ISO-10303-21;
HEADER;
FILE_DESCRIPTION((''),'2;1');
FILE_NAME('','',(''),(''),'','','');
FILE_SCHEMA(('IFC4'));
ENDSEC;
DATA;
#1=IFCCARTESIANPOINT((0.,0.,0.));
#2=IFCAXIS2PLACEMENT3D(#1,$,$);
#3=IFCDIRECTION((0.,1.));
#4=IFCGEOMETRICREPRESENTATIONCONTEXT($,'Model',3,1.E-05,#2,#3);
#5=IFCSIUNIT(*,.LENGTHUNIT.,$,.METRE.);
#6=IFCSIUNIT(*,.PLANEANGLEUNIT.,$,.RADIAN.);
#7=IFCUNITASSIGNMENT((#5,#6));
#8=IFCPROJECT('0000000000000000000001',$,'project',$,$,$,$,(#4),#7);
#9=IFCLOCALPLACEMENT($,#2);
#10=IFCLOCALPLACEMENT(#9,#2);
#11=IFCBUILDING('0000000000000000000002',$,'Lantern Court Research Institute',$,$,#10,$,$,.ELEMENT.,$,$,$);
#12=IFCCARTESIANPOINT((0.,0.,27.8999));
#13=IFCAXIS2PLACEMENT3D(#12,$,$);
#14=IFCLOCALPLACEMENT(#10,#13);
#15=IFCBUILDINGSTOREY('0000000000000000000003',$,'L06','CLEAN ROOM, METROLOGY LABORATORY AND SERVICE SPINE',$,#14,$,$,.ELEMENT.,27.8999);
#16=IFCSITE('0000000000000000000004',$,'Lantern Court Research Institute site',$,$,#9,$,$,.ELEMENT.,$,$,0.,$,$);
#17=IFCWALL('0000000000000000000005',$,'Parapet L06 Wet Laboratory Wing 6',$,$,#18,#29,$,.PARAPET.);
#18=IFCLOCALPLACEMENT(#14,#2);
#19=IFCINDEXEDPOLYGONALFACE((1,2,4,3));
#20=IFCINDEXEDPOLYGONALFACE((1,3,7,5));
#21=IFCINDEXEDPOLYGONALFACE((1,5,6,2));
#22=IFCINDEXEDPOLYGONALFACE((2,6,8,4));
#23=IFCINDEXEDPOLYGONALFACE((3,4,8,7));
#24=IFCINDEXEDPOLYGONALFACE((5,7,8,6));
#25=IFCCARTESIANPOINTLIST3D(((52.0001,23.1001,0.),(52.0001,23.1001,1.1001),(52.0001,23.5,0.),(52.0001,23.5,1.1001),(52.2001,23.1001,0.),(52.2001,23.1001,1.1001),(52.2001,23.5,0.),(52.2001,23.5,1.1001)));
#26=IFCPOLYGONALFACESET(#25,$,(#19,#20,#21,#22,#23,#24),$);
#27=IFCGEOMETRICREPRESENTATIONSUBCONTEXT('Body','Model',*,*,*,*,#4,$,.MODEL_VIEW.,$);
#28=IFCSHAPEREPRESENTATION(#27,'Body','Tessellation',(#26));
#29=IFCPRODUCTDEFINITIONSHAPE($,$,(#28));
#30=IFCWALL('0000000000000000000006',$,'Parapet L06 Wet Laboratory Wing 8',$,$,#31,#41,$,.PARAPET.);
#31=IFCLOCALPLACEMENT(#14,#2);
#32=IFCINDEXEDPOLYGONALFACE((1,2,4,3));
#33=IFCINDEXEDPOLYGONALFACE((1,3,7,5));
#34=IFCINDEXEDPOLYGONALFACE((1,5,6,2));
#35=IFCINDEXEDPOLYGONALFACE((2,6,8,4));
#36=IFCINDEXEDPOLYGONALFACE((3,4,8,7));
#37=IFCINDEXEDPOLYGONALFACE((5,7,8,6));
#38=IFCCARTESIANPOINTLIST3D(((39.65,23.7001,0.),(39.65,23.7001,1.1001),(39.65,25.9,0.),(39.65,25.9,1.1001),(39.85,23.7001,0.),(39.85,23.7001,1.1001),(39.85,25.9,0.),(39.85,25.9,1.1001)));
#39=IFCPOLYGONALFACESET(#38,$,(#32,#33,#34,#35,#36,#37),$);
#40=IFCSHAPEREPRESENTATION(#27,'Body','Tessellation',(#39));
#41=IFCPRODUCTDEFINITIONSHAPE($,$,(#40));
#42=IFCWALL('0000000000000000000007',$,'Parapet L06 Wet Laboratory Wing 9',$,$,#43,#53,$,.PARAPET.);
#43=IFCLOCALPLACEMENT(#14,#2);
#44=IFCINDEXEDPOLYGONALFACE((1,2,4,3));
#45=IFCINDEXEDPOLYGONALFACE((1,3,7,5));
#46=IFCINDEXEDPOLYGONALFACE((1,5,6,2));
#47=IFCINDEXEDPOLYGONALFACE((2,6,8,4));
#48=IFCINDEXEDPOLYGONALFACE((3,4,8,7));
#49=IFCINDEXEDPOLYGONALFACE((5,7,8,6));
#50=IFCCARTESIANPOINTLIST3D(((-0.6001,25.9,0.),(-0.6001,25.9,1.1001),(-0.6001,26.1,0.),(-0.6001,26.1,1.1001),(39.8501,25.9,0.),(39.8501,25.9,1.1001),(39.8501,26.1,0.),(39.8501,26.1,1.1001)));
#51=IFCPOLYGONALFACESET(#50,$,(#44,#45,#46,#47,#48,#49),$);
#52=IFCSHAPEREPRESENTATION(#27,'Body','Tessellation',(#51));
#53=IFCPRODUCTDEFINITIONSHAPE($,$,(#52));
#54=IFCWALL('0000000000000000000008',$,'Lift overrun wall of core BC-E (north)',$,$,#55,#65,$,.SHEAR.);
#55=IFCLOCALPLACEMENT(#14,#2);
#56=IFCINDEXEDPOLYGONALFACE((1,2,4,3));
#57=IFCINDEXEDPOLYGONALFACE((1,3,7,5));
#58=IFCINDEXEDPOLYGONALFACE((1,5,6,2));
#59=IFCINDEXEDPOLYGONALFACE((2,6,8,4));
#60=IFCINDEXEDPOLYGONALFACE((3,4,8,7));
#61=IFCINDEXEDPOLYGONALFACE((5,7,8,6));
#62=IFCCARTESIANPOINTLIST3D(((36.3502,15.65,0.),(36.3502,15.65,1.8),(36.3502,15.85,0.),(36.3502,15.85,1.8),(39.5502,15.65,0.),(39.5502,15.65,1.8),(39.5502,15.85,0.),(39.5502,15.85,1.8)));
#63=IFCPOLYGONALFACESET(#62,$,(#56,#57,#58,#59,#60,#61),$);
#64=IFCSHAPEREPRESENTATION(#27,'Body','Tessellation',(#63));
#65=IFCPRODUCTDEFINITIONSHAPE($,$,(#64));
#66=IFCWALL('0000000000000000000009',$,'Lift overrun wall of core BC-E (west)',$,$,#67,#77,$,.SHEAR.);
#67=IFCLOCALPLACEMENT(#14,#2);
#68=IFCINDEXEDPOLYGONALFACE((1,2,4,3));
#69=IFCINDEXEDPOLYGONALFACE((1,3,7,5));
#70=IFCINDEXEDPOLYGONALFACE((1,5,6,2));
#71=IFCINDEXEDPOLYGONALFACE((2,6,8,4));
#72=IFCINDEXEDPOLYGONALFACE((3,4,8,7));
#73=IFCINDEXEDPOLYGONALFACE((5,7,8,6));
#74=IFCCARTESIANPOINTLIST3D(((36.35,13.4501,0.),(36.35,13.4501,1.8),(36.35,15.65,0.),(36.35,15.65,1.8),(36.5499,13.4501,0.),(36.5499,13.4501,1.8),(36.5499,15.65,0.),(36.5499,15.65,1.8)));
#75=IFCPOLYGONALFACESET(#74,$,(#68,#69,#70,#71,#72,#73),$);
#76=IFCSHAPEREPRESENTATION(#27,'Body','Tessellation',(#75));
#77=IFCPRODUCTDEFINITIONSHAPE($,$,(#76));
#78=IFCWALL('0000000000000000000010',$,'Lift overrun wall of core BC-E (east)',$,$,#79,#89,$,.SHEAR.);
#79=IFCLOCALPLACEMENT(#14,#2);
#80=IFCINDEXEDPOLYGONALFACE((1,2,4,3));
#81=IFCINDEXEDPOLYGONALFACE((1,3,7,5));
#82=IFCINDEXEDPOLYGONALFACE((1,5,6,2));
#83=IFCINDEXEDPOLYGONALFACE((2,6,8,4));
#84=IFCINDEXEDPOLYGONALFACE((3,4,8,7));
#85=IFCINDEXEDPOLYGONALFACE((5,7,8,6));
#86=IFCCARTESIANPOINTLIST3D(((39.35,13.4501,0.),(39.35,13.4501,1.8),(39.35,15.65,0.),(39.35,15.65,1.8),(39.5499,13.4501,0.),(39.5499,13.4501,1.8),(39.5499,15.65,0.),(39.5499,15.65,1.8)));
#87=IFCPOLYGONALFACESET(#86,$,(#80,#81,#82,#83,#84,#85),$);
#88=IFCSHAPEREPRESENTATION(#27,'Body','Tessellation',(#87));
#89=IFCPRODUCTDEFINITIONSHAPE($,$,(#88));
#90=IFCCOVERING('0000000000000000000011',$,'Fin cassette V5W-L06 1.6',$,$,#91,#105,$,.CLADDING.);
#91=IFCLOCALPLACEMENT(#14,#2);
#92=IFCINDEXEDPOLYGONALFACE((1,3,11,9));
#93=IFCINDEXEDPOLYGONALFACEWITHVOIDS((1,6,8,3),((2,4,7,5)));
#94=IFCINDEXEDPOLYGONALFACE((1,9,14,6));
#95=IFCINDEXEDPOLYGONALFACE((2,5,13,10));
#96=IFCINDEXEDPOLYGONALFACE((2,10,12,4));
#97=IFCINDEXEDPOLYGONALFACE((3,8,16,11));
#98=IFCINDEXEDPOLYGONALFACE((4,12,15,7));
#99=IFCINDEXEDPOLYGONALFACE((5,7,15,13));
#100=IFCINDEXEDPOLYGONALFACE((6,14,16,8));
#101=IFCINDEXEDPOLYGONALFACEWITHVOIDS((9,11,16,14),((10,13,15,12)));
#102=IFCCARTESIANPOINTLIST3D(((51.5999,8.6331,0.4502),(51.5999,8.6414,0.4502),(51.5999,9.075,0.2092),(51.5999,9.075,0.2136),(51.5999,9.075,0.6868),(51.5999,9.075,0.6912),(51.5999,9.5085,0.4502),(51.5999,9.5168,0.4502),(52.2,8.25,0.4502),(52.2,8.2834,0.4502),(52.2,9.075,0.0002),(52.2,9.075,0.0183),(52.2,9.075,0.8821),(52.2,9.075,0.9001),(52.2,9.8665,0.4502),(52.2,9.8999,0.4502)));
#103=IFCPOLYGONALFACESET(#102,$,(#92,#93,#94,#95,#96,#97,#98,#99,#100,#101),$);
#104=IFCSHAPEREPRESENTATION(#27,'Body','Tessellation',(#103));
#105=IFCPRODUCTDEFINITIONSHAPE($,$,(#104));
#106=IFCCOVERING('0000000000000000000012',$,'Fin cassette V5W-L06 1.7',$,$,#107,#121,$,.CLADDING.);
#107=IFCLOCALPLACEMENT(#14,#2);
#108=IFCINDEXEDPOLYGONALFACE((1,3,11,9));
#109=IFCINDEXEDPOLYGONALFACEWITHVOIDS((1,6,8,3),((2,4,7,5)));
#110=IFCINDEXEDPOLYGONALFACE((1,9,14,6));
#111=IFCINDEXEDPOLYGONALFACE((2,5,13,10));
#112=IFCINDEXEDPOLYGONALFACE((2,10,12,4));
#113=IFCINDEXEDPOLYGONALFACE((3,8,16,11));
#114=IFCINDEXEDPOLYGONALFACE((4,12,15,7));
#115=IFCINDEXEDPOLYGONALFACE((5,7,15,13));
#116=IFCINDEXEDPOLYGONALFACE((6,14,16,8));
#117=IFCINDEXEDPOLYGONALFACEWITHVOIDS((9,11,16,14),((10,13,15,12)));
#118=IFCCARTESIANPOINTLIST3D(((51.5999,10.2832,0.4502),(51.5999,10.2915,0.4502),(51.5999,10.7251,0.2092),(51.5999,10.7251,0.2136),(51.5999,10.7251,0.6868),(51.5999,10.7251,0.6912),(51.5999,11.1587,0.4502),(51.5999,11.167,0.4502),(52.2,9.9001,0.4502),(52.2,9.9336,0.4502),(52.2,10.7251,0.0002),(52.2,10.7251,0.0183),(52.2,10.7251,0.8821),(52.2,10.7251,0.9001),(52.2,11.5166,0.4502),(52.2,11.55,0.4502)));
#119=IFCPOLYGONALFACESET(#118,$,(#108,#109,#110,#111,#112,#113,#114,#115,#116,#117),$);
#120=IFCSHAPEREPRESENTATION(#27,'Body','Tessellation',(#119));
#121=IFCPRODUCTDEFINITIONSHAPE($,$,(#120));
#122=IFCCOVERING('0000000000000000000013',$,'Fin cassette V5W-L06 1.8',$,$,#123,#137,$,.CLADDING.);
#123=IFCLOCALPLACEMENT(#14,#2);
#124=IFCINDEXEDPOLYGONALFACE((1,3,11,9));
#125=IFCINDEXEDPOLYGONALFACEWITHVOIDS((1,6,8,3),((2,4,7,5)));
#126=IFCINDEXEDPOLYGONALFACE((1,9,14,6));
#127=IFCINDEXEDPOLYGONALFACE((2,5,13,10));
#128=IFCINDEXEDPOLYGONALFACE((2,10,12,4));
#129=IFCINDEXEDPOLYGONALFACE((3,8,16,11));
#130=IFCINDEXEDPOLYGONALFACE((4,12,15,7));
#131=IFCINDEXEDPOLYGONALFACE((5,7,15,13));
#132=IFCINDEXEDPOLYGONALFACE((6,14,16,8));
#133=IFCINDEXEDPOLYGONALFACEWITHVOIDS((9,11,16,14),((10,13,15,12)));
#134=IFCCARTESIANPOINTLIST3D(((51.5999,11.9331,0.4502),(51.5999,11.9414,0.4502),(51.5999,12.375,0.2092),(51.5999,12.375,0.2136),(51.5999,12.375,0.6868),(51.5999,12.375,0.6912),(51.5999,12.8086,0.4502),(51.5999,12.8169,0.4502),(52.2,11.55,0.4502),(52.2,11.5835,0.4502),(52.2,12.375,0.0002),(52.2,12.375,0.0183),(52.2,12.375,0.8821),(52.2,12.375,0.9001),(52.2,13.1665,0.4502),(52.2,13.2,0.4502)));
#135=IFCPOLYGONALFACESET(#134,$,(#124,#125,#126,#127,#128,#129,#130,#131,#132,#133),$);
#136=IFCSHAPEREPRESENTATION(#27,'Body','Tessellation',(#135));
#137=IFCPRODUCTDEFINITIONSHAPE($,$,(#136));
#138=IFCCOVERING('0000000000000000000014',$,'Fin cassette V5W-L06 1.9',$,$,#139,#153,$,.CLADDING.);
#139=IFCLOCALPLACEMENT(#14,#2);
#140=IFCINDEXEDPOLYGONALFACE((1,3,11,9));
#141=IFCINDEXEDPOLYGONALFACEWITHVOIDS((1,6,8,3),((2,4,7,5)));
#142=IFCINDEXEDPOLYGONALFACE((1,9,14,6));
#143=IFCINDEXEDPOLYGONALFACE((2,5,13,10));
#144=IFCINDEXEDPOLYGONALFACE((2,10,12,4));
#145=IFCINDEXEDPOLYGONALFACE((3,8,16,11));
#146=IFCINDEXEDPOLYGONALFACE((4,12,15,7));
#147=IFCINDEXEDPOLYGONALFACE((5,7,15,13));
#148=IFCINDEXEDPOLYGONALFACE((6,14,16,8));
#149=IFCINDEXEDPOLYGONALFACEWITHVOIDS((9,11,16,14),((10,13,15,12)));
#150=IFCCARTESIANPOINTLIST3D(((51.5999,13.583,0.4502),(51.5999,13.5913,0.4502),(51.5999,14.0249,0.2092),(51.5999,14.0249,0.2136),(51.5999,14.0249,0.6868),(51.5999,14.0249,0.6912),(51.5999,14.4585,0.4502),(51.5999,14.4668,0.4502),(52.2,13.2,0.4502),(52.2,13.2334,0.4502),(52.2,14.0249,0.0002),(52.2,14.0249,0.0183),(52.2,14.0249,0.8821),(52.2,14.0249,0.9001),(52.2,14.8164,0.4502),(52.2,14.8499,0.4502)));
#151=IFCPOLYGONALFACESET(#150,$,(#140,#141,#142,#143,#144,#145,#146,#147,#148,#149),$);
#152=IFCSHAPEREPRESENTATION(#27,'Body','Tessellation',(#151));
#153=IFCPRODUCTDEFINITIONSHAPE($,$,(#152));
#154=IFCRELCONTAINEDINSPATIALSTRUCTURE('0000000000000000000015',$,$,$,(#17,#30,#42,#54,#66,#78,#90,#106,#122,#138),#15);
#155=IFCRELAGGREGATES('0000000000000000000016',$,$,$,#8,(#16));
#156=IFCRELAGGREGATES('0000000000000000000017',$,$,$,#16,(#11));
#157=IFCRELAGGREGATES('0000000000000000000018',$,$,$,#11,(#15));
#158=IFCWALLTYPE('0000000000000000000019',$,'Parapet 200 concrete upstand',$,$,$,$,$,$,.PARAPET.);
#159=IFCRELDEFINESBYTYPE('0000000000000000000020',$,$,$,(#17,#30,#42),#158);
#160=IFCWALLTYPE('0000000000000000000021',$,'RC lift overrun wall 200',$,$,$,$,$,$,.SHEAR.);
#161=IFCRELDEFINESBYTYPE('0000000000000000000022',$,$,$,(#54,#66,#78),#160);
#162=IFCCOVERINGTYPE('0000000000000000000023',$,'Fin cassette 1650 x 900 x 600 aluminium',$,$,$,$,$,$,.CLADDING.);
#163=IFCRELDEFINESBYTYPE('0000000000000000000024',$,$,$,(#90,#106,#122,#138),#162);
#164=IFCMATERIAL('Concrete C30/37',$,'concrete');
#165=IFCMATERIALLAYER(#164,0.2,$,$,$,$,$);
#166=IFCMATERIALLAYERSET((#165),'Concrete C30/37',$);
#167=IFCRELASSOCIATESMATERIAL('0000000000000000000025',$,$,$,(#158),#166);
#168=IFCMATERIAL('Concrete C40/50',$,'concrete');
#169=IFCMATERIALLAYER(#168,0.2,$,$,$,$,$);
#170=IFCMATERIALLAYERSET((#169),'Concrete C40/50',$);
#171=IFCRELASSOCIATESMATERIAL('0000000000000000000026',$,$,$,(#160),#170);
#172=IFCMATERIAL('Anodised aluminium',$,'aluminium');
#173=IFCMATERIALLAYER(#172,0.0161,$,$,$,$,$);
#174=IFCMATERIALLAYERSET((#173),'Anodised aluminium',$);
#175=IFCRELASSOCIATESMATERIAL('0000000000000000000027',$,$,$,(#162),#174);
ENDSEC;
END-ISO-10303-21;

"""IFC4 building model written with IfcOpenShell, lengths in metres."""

from ifc_helpers import new_model, entity, si_unit, direction, frame, frame_2d, origin, place, context, subcontext, project, spatial, rectangle, extrude, material, layer, layer_set, type_object, element, save


model = new_model("IFC4")

# Units and contexts
model_context = context("Model", 3, precision=1e-05, world=origin(), true_north=direction((0.0, 1.0)))
body_context = subcontext(model_context, "Body", "Model", "MODEL_VIEW")
ifc_project = project(units=[si_unit("LENGTHUNIT", "METRE"), si_unit("PLANEANGLEUNIT", "RADIAN")], contexts=[model_context])

# Site, building, storey
site_placement = place(None, origin())
site = spatial("IfcSite", under=ifc_project, at=site_placement, Name="Lantern Court Research Institute site", CompositionType="ELEMENT", RefElevation=0.0)
building_placement = place(site_placement, origin())
building = spatial("IfcBuilding", under=site, at=building_placement, Name="Lantern Court Research Institute", CompositionType="ELEMENT")
storey_placement = place(building_placement, frame((0.0, 0.0, 27.8999)))
storey = spatial("IfcBuildingStorey", under=building, at=storey_placement, Name="L06", Description="CLEAN ROOM, METROLOGY LABORATORY AND SERVICE SPINE", CompositionType="ELEMENT", Elevation=27.8999)

# Walls
ifc_material_1 = material(Name="Concrete C30/37", Category="concrete")
ifc_layer_1 = layer(ifc_material_1, 0.2)
ifc_layer_set_1 = layer_set([ifc_layer_1], Name="Concrete C30/37")
wall_type_1 = type_object("IfcWallType", Name="Parapet 200 concrete upstand", PredefinedType="PARAPET", material=ifc_layer_set_1)
wall_1_placement = place(storey_placement, frame((52.1001, 23.1001, 0.0), z_axis=(0.0, 0.0, 1.0), x_axis=(0.0, 1.0, 0.0)))
element("IfcWall", 1, at=wall_1_placement, inside=storey, type_object=wall_type_1, Name="Parapet L06 Wet Laboratory Wing 6", PredefinedType="PARAPET", context=body_context, shape_type="SweptSolid", body=[
    extrude(rectangle(XDim=0.3999, YDim=0.2, at=frame_2d((0.2, 0.0))), origin(), (0.0, 0.0, 1.0), 1.1001),
])
wall_2_placement = place(storey_placement, frame((39.75, 23.7, 0.0), z_axis=(0.0, 0.0, 1.0), x_axis=(0.0, 1.0, 0.0)))
element("IfcWall", 2, at=wall_2_placement, inside=storey, type_object=wall_type_1, Name="Parapet L06 Wet Laboratory Wing 8", PredefinedType="PARAPET", context=body_context, shape_type="SweptSolid", body=[
    extrude(rectangle(XDim=2.2, YDim=0.2, at=frame_2d((1.1001, 0.0))), origin(), (0.0, 0.0, 1.0), 1.1001),
])
wall_3_placement = place(storey_placement, frame((39.8501, 26.0, 0.0), z_axis=(0.0, 0.0, 1.0), x_axis=(-1.0, 0.0, 0.0)))
element("IfcWall", 3, at=wall_3_placement, inside=storey, type_object=wall_type_1, Name="Parapet L06 Wet Laboratory Wing 9", PredefinedType="PARAPET", context=body_context, shape_type="SweptSolid", body=[
    extrude(rectangle(XDim=40.4502, YDim=0.2, at=frame_2d((20.2251, 0.0))), origin(), (0.0, 0.0, 1.0), 1.1001),
])
ifc_material_2 = material(Name="Concrete C40/50", Category="concrete")
ifc_layer_2 = layer(ifc_material_2, 0.2)
ifc_layer_set_2 = layer_set([ifc_layer_2], Name="Concrete C40/50")
wall_type_2 = type_object("IfcWallType", Name="RC lift overrun wall 200", PredefinedType="SHEAR", material=ifc_layer_set_2)
wall_4_placement = place(storey_placement, frame((36.3501, 15.75, 0.0), z_axis=(0.0, 0.0, 1.0), x_axis=(1.0, 0.0, 0.0)))
element("IfcWall", 4, at=wall_4_placement, inside=storey, type_object=wall_type_2, Name="Lift overrun wall of core BC-E (north)", PredefinedType="SHEAR", context=body_context, shape_type="SweptSolid", body=[
    extrude(rectangle(XDim=3.2, YDim=0.2, at=frame_2d((1.6001, 0.0))), origin(), (0.0, 0.0, 1.0), 1.8),
])
for number, where, z_axis, x_axis, name in (
    (5, (36.45, 13.45, 0.0), (0.0, 0.0, 1.0), (0.0, 1.0, 0.0), "Lift overrun wall of core BC-E (west)"),
    (6, (39.45, 13.45, 0.0), (0.0, 0.0, 1.0), (0.0, 1.0, 0.0), "Lift overrun wall of core BC-E (east)"),
):
    element("IfcWall", number, at=place(storey_placement, frame(where, z_axis=z_axis, x_axis=x_axis)), inside=storey, type_object=wall_type_2, Name=name, PredefinedType="SHEAR", context=body_context, shape_type="SweptSolid", body=[
        extrude(rectangle(XDim=2.2, YDim=0.2, at=frame_2d((1.1001, 0.0))), origin(), (0.0, 0.0, 1.0), 1.8),
    ])

# Coverings
ifc_material_3 = material(Name="Anodised aluminium", Category="aluminium")
ifc_layer_3 = layer(ifc_material_3, 0.0161)
ifc_layer_set_3 = layer_set([ifc_layer_3], Name="Anodised aluminium")
covering_type = type_object("IfcCoveringType", Name="Fin cassette 1650 x 900 x 600 aluminium", PredefinedType="CLADDING", material=ifc_layer_set_3)
covering_1_placement = place(storey_placement, frame((52.2, 9.075, 0.4502), z_axis=(-1.0, 0.0, 0.0), x_axis=(0.0, -1.0, 0.0)))
cartesian_point_1 = entity("IfcCartesianPoint", [0.825, 0.0])
cartesian_point_2 = entity("IfcCartesianPoint", [0.7915, 0.0])
cartesian_point_3 = entity("IfcCartesianPoint", [0.4419, 0.0])
cartesian_point_4 = entity("IfcCartesianPoint", [0.4336, 0.0])
element("IfcCovering", 7, at=covering_1_placement, inside=storey, type_object=covering_type, Name="Fin cassette V5W-L06 1.6", PredefinedType="CLADDING", context=body_context, shape_type="SweptSolid", body=[
    entity("IfcExtrudedAreaSolidTapered", entity("IfcArbitraryProfileDefWithVoids", "AREA", None, entity("IfcPolyline", [cartesian_point_1, entity("IfcCartesianPoint", [0.0, 0.45]), entity("IfcCartesianPoint", [-0.825, 0.0]), entity("IfcCartesianPoint", [0.0, -0.45]), cartesian_point_1]), [entity("IfcPolyline", [cartesian_point_2, entity("IfcCartesianPoint", [0.0, 0.4319]), entity("IfcCartesianPoint", [-0.7915, 0.0]), entity("IfcCartesianPoint", [0.0, -0.4319]), cartesian_point_2])]), entity("IfcAxis2Placement3D", entity("IfcCartesianPoint", [0.0, 0.0, 0.0])), entity("IfcDirection", [0.0, 0.0, 1.0]), 0.6001, entity("IfcArbitraryProfileDefWithVoids", "AREA", None, entity("IfcPolyline", [cartesian_point_3, entity("IfcCartesianPoint", [0.0, 0.241]), entity("IfcCartesianPoint", [-0.4419, 0.0]), entity("IfcCartesianPoint", [0.0, -0.241]), cartesian_point_3]), [entity("IfcPolyline", [cartesian_point_4, entity("IfcCartesianPoint", [0.0, 0.2366]), entity("IfcCartesianPoint", [-0.4336, 0.0]), entity("IfcCartesianPoint", [0.0, -0.2366]), cartesian_point_4])])),
])
covering_2_placement = place(storey_placement, frame((52.2, 10.7251, 0.4502), z_axis=(-1.0, 0.0, 0.0), x_axis=(0.0, -1.0, 0.0)))
cartesian_point_5 = entity("IfcCartesianPoint", [0.825, 0.0])
cartesian_point_6 = entity("IfcCartesianPoint", [0.7915, 0.0])
cartesian_point_7 = entity("IfcCartesianPoint", [0.4419, 0.0])
cartesian_point_8 = entity("IfcCartesianPoint", [0.4336, 0.0])
element("IfcCovering", 8, at=covering_2_placement, inside=storey, type_object=covering_type, Name="Fin cassette V5W-L06 1.7", PredefinedType="CLADDING", context=body_context, shape_type="SweptSolid", body=[
    entity("IfcExtrudedAreaSolidTapered", entity("IfcArbitraryProfileDefWithVoids", "AREA", None, entity("IfcPolyline", [cartesian_point_5, entity("IfcCartesianPoint", [0.0, 0.45]), entity("IfcCartesianPoint", [-0.825, 0.0]), entity("IfcCartesianPoint", [0.0, -0.45]), cartesian_point_5]), [entity("IfcPolyline", [cartesian_point_6, entity("IfcCartesianPoint", [0.0, 0.4319]), entity("IfcCartesianPoint", [-0.7915, 0.0]), entity("IfcCartesianPoint", [0.0, -0.4319]), cartesian_point_6])]), entity("IfcAxis2Placement3D", entity("IfcCartesianPoint", [0.0, 0.0, 0.0])), entity("IfcDirection", [0.0, 0.0, 1.0]), 0.6001, entity("IfcArbitraryProfileDefWithVoids", "AREA", None, entity("IfcPolyline", [cartesian_point_7, entity("IfcCartesianPoint", [0.0, 0.241]), entity("IfcCartesianPoint", [-0.4419, 0.0]), entity("IfcCartesianPoint", [0.0, -0.241]), cartesian_point_7]), [entity("IfcPolyline", [cartesian_point_8, entity("IfcCartesianPoint", [0.0, 0.2366]), entity("IfcCartesianPoint", [-0.4336, 0.0]), entity("IfcCartesianPoint", [0.0, -0.2366]), cartesian_point_8])])),
])
covering_3_placement = place(storey_placement, frame((52.2, 12.375, 0.4502), z_axis=(-1.0, 0.0, 0.0), x_axis=(0.0, -1.0, 0.0)))
cartesian_point_9 = entity("IfcCartesianPoint", [0.825, 0.0])
cartesian_point_10 = entity("IfcCartesianPoint", [0.7915, 0.0])
cartesian_point_11 = entity("IfcCartesianPoint", [0.4419, 0.0])
cartesian_point_12 = entity("IfcCartesianPoint", [0.4336, 0.0])
element("IfcCovering", 9, at=covering_3_placement, inside=storey, type_object=covering_type, Name="Fin cassette V5W-L06 1.8", PredefinedType="CLADDING", context=body_context, shape_type="SweptSolid", body=[
    entity("IfcExtrudedAreaSolidTapered", entity("IfcArbitraryProfileDefWithVoids", "AREA", None, entity("IfcPolyline", [cartesian_point_9, entity("IfcCartesianPoint", [0.0, 0.45]), entity("IfcCartesianPoint", [-0.825, 0.0]), entity("IfcCartesianPoint", [0.0, -0.45]), cartesian_point_9]), [entity("IfcPolyline", [cartesian_point_10, entity("IfcCartesianPoint", [0.0, 0.4319]), entity("IfcCartesianPoint", [-0.7915, 0.0]), entity("IfcCartesianPoint", [0.0, -0.4319]), cartesian_point_10])]), entity("IfcAxis2Placement3D", entity("IfcCartesianPoint", [0.0, 0.0, 0.0])), entity("IfcDirection", [0.0, 0.0, 1.0]), 0.6001, entity("IfcArbitraryProfileDefWithVoids", "AREA", None, entity("IfcPolyline", [cartesian_point_11, entity("IfcCartesianPoint", [0.0, 0.241]), entity("IfcCartesianPoint", [-0.4419, 0.0]), entity("IfcCartesianPoint", [0.0, -0.241]), cartesian_point_11]), [entity("IfcPolyline", [cartesian_point_12, entity("IfcCartesianPoint", [0.0, 0.2366]), entity("IfcCartesianPoint", [-0.4336, 0.0]), entity("IfcCartesianPoint", [0.0, -0.2366]), cartesian_point_12])])),
])
covering_4_placement = place(storey_placement, frame((52.2, 14.0249, 0.4502), z_axis=(-1.0, 0.0, 0.0), x_axis=(0.0, -1.0, 0.0)))
cartesian_point_13 = entity("IfcCartesianPoint", [0.825, 0.0])
cartesian_point_14 = entity("IfcCartesianPoint", [0.7915, 0.0])
cartesian_point_15 = entity("IfcCartesianPoint", [0.4419, 0.0])
cartesian_point_16 = entity("IfcCartesianPoint", [0.4336, 0.0])
element("IfcCovering", 10, at=covering_4_placement, inside=storey, type_object=covering_type, Name="Fin cassette V5W-L06 1.9", PredefinedType="CLADDING", context=body_context, shape_type="SweptSolid", body=[
    entity("IfcExtrudedAreaSolidTapered", entity("IfcArbitraryProfileDefWithVoids", "AREA", None, entity("IfcPolyline", [cartesian_point_13, entity("IfcCartesianPoint", [0.0, 0.45]), entity("IfcCartesianPoint", [-0.825, 0.0]), entity("IfcCartesianPoint", [0.0, -0.45]), cartesian_point_13]), [entity("IfcPolyline", [cartesian_point_14, entity("IfcCartesianPoint", [0.0, 0.4319]), entity("IfcCartesianPoint", [-0.7915, 0.0]), entity("IfcCartesianPoint", [0.0, -0.4319]), cartesian_point_14])]), entity("IfcAxis2Placement3D", entity("IfcCartesianPoint", [0.0, 0.0, 0.0])), entity("IfcDirection", [0.0, 0.0, 1.0]), 0.6001, entity("IfcArbitraryProfileDefWithVoids", "AREA", None, entity("IfcPolyline", [cartesian_point_15, entity("IfcCartesianPoint", [0.0, 0.241]), entity("IfcCartesianPoint", [-0.4419, 0.0]), entity("IfcCartesianPoint", [0.0, -0.241]), cartesian_point_15]), [entity("IfcPolyline", [cartesian_point_16, entity("IfcCartesianPoint", [0.0, 0.2366]), entity("IfcCartesianPoint", [-0.4336, 0.0]), entity("IfcCartesianPoint", [0.0, -0.2366]), cartesian_point_16])])),
])

save(model, "model.ifc")
